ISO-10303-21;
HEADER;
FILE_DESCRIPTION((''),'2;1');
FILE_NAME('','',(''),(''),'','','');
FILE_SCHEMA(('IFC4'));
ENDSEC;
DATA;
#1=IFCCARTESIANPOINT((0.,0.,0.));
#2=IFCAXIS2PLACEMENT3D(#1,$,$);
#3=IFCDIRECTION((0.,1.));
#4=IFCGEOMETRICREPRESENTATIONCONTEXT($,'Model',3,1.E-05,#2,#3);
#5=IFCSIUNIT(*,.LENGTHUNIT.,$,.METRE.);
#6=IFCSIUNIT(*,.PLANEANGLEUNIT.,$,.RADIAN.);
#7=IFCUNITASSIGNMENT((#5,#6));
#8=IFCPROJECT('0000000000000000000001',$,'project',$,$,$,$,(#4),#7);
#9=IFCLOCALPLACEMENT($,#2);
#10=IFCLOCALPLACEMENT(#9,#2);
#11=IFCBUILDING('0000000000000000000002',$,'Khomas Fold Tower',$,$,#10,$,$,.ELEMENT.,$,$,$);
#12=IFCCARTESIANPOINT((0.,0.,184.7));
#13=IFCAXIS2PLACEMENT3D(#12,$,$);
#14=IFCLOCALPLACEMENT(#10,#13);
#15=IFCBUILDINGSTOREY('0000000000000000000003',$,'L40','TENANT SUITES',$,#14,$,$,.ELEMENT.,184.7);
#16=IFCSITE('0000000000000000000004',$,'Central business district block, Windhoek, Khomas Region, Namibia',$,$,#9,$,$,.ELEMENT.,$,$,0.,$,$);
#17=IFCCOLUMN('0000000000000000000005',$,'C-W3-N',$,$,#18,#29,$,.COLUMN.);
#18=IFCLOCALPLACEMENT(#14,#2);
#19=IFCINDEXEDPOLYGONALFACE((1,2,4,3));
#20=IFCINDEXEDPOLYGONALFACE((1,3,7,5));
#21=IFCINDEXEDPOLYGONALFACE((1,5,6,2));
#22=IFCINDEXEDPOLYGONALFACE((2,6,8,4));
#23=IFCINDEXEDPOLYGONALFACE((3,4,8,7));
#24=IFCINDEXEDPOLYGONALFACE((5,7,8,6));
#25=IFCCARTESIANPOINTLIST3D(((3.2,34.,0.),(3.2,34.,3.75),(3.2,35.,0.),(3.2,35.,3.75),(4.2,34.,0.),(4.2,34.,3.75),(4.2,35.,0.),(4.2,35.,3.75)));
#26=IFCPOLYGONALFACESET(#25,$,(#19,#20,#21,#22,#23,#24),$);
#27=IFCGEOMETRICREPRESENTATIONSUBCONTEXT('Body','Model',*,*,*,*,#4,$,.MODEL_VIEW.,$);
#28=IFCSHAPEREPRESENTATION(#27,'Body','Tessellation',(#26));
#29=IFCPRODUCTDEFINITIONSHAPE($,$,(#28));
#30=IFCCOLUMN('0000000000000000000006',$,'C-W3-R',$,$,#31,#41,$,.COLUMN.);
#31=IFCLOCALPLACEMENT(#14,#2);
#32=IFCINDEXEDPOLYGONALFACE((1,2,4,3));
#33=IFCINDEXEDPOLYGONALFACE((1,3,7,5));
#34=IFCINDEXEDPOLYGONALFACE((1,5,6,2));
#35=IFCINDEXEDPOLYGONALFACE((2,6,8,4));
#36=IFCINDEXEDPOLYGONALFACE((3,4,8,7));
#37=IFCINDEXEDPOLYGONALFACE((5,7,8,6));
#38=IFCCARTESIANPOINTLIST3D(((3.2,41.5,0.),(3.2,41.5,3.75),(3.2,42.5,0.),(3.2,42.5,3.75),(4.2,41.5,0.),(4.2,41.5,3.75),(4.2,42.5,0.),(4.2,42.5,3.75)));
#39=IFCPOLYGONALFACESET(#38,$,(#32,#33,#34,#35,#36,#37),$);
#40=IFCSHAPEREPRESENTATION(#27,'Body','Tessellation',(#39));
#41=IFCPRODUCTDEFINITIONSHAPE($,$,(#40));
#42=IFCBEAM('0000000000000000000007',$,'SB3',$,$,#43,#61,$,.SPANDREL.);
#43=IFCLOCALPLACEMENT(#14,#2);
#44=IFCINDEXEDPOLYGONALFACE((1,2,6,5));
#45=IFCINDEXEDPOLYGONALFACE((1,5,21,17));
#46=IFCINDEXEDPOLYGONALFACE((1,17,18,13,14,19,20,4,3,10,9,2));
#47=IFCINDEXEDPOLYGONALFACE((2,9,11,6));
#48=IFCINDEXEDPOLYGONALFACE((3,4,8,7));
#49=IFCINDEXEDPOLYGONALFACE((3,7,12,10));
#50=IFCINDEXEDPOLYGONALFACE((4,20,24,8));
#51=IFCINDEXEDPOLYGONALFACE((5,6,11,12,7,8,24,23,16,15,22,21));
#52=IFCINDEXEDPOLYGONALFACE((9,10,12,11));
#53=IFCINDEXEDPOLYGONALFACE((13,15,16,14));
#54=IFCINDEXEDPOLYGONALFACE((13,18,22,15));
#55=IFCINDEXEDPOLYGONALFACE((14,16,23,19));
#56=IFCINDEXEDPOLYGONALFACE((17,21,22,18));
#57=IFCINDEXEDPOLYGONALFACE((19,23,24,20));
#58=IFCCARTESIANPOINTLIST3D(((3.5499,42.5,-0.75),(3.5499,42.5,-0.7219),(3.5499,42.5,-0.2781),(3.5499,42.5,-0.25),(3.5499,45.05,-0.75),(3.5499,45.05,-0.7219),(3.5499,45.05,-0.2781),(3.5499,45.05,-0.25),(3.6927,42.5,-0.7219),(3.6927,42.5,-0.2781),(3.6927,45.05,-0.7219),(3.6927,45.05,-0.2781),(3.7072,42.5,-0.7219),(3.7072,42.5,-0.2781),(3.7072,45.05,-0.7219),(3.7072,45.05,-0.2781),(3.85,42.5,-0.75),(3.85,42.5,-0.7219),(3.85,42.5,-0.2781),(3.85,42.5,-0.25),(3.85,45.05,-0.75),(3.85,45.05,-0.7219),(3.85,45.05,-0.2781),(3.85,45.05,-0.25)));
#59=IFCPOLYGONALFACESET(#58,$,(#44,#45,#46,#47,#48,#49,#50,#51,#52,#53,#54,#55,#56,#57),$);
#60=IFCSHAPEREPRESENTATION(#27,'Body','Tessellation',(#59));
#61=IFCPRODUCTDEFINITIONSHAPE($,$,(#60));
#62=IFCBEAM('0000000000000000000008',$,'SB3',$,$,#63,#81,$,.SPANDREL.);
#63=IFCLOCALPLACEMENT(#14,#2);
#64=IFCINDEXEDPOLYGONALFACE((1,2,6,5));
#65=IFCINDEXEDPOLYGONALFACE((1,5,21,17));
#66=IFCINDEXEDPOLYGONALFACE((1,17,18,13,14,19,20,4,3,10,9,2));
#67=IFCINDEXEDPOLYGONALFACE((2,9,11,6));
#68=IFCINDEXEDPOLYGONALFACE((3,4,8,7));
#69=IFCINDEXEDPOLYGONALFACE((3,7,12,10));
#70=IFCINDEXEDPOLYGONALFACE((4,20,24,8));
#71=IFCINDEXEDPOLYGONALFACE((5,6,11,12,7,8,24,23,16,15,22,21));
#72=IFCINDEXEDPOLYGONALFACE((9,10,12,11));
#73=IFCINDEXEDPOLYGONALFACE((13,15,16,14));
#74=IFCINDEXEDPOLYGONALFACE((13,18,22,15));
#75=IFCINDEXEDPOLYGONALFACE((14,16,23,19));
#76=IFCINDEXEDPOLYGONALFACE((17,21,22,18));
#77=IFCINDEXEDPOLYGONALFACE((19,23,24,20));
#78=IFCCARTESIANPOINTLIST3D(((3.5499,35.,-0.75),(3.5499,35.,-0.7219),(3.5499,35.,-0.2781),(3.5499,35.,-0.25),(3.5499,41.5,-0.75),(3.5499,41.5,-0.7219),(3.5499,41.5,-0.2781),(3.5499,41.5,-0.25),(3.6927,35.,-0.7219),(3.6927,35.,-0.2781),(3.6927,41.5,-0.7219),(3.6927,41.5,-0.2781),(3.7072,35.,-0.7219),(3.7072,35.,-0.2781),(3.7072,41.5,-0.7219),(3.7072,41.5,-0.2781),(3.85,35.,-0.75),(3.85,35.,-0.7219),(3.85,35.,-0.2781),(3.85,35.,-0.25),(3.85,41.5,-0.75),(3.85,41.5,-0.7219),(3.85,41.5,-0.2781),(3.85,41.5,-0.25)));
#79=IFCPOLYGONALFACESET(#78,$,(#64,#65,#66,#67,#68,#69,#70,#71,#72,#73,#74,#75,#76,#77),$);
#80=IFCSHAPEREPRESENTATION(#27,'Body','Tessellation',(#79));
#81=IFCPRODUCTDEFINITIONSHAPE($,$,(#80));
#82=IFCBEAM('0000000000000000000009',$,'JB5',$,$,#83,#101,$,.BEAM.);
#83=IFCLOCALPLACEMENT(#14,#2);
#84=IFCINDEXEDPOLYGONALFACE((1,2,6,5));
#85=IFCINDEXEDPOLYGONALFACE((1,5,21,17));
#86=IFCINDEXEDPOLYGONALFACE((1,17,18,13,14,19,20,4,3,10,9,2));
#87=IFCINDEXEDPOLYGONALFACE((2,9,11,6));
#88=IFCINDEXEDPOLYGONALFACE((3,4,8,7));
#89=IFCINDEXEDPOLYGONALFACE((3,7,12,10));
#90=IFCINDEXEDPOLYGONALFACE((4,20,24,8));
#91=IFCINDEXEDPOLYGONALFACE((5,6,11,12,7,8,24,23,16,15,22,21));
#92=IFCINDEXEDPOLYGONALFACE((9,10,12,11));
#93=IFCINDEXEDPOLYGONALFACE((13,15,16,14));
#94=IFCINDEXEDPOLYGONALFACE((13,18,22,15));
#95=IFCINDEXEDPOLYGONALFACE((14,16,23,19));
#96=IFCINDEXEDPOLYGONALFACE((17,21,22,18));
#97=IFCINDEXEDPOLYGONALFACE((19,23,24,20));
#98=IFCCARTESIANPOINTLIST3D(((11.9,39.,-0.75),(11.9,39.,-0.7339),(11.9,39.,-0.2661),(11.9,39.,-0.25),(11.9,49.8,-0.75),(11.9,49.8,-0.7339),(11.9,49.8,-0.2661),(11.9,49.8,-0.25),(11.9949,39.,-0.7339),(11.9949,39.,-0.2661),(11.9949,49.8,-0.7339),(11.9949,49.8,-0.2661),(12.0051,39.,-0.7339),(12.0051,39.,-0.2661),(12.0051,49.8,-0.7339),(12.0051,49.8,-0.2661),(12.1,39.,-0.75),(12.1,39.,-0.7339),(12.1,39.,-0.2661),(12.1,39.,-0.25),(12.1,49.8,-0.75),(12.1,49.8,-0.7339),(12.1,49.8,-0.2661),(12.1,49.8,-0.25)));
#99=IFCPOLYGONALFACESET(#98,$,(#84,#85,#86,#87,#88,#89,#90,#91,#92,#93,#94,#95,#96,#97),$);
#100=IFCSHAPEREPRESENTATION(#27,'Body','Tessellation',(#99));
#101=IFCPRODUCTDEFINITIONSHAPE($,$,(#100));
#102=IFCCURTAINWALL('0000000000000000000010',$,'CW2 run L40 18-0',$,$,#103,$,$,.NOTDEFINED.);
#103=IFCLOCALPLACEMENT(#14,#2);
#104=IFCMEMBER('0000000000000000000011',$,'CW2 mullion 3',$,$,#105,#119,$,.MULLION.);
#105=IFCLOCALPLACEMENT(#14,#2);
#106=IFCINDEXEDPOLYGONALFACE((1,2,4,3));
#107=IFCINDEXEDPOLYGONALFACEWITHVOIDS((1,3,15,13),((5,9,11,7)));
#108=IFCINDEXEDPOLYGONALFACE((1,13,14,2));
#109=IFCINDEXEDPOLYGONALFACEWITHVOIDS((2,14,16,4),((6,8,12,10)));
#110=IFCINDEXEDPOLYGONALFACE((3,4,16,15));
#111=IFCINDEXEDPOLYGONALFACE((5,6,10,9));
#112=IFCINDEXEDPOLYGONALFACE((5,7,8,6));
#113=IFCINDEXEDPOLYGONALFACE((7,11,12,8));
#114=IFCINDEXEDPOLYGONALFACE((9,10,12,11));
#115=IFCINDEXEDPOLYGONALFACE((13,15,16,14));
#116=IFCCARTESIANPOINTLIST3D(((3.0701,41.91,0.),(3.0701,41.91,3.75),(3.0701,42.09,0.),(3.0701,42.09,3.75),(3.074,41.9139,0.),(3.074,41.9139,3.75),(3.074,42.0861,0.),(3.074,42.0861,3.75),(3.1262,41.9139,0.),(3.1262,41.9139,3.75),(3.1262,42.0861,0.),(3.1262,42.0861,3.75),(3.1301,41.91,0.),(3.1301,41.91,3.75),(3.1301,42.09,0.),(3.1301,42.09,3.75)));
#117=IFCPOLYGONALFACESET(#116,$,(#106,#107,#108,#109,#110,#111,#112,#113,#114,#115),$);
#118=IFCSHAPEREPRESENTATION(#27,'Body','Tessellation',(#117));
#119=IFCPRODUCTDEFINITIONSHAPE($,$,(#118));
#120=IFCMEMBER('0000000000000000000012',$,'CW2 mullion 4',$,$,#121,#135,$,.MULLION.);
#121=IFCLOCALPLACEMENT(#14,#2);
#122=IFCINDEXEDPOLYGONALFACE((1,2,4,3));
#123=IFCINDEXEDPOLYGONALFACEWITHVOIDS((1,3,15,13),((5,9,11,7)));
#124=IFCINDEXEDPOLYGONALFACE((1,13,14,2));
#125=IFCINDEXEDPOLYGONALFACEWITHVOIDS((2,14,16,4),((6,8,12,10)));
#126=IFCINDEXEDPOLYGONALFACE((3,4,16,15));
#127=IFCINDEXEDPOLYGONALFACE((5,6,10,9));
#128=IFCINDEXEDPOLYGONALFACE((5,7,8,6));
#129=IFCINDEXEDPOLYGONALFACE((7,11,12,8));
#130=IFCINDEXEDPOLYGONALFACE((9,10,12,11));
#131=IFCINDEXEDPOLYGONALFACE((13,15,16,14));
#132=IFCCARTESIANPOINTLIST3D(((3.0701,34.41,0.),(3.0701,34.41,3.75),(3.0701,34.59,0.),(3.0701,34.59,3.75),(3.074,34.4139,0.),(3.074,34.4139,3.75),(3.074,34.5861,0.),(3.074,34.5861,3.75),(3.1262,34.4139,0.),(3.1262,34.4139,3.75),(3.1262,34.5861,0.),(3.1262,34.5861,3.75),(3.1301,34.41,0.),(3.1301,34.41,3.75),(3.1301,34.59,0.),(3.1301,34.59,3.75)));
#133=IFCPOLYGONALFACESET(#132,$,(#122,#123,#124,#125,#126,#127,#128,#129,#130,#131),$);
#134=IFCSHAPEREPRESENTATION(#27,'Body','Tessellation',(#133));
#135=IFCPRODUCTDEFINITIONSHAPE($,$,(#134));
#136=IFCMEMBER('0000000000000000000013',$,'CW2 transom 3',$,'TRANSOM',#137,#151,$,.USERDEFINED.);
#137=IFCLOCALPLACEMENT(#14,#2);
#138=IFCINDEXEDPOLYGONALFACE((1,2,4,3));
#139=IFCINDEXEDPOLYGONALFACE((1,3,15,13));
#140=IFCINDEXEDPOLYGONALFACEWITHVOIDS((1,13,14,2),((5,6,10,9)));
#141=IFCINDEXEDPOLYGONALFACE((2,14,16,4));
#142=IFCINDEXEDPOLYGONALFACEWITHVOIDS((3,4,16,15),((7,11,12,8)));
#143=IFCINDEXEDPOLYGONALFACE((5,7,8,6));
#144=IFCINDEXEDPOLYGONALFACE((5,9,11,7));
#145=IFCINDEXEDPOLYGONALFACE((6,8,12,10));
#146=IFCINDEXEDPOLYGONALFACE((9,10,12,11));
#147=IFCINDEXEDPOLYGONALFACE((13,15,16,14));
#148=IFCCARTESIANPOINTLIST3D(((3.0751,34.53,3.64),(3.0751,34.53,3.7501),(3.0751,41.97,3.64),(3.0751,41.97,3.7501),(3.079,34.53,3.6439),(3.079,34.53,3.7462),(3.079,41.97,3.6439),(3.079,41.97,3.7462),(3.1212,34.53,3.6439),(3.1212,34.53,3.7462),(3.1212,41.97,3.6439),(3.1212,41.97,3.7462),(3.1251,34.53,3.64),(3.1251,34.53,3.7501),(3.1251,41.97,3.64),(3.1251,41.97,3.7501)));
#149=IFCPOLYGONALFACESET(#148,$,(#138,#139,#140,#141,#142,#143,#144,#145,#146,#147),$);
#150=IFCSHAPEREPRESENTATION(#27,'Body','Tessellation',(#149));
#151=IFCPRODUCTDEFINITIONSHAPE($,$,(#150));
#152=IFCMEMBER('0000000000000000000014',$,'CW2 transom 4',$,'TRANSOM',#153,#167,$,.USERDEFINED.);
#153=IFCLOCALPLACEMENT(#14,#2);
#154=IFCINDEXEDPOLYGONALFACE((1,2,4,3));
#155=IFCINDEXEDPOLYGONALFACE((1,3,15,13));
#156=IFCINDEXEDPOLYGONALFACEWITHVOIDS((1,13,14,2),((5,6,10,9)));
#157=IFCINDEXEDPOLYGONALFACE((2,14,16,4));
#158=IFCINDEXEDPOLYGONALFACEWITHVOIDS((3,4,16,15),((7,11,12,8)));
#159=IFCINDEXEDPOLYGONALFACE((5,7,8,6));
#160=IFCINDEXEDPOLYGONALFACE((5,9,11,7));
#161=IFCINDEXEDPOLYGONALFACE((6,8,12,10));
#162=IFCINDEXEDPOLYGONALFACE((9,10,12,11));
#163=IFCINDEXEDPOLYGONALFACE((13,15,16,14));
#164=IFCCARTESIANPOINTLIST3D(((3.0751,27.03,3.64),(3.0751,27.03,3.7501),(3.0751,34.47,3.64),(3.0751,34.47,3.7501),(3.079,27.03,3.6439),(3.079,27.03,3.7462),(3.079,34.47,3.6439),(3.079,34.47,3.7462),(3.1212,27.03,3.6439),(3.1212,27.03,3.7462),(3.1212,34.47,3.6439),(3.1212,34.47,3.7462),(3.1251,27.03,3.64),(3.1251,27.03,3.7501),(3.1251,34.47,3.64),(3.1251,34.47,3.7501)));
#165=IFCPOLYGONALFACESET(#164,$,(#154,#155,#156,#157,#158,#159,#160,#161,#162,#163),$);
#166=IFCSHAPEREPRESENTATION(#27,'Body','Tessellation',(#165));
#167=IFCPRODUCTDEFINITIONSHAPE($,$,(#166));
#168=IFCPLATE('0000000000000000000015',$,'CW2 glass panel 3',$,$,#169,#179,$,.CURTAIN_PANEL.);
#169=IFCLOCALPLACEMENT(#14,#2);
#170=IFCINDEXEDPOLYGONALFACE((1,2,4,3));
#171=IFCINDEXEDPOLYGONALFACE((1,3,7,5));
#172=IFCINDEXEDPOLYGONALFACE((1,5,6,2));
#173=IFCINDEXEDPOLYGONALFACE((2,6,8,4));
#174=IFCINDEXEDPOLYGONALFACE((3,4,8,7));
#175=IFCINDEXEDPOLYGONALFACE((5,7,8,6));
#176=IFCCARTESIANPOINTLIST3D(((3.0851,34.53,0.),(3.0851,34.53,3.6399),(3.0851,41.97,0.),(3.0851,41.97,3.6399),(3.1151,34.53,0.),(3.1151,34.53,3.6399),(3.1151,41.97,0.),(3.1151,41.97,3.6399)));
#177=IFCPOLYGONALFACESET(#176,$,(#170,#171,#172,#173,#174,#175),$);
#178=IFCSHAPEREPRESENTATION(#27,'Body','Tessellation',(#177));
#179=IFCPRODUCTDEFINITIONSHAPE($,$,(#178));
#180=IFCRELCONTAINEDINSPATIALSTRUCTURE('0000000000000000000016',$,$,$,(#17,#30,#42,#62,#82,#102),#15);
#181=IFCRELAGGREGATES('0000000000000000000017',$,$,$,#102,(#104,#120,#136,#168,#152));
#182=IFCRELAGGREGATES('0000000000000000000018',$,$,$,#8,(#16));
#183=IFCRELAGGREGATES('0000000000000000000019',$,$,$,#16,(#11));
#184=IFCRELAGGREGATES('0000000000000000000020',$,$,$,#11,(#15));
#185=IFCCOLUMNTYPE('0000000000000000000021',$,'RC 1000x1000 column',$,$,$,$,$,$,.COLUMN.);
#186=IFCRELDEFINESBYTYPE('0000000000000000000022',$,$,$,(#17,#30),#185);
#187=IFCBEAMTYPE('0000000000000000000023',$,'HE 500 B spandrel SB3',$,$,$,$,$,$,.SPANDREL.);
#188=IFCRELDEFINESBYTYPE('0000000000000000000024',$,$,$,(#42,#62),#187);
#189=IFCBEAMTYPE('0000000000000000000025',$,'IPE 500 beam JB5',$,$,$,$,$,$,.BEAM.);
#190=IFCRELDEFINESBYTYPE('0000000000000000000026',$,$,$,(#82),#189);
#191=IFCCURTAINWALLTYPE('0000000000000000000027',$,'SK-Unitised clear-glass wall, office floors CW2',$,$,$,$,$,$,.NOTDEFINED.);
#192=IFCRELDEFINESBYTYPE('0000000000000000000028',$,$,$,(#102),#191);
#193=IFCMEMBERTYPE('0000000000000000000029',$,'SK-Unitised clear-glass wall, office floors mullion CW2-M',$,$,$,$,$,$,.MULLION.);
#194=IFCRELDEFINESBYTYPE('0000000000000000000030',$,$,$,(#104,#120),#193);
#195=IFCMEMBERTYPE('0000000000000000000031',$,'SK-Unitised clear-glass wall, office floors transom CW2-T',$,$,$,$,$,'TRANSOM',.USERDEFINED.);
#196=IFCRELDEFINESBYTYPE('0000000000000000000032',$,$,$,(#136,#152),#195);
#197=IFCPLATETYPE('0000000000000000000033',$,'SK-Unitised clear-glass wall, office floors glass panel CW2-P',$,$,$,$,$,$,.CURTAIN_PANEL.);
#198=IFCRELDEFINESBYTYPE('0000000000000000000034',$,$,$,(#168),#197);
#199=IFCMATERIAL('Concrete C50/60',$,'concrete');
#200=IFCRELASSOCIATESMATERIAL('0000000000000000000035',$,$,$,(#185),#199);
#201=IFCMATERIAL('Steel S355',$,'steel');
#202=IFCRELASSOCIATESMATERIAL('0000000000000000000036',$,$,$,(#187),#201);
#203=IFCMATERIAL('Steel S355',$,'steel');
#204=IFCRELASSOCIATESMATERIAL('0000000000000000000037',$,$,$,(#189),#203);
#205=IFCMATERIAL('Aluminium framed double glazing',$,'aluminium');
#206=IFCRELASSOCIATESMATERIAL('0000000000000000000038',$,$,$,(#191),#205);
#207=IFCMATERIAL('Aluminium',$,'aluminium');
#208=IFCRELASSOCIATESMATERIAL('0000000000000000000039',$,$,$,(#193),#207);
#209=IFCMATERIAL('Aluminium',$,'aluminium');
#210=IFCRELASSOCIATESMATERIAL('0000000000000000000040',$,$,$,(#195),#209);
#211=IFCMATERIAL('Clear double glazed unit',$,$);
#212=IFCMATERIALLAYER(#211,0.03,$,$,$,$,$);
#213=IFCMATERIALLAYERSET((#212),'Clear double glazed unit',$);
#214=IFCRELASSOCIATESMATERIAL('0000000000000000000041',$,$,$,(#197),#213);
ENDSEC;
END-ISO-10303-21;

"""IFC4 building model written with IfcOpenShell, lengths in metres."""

from ifc_helpers import new_model, si_unit, direction, frame, origin, origin_2d, place, context, subcontext, project, spatial, rectangle, hollow_rectangle, i_section, extrude, source, transform, mapped, material, layer, layer_set, material_profile, profile_set, type_object, element, aggregate, save


model = new_model("IFC4")

# Units and contexts
model_context = context("Model", 3, precision=1e-05, world=origin(), true_north=direction((0.0, 1.0)))
body_context = subcontext(model_context, "Body", "Model", "MODEL_VIEW")
ifc_project = project(units=[si_unit("LENGTHUNIT", "METRE"), si_unit("PLANEANGLEUNIT", "RADIAN")], contexts=[model_context])

# Site, building, storey
site_placement = place(None, origin())
site = spatial("IfcSite", under=ifc_project, at=site_placement, Name="Central business district block, Windhoek, Khomas Region, Namibia", CompositionType="ELEMENT", RefElevation=0.0)
building_placement = place(site_placement, origin())
building = spatial("IfcBuilding", under=site, at=building_placement, Name="Khomas Fold Tower", CompositionType="ELEMENT")
storey_placement = place(building_placement, frame((0.0, 0.0, 184.7)))
storey = spatial("IfcBuildingStorey", under=building, at=storey_placement, Name="L40", Description="TENANT SUITES", CompositionType="ELEMENT", Elevation=184.7)

# Columns
ifc_material_1 = material(Name="Concrete C50/60", Category="concrete")
ifc_material_profile_1 = material_profile(ifc_material_1, rectangle(XDim=1.0, YDim=1.0, at=origin_2d()), Name="RC 1000x1000")
ifc_profile_set_1 = profile_set([ifc_material_profile_1], Name="Concrete C50/60")
column_type = type_object("IfcColumnType", Name="RC 1000x1000 column", PredefinedType="COLUMN", material=ifc_profile_set_1)
shared_shape_1 = source(origin(), body_context, "Body", "SweptSolid", [
    extrude(rectangle(XDim=1.0, YDim=1.0, at=origin_2d()), origin(), (0.0, 0.0, 1.0), 3.75),
])
for number, where, z_axis, x_axis, name in (
    (1, (3.7, 34.5, 0.0), (0.0, 0.0, 1.0), (1.0, 0.0, 0.0), "C-W3-N"),
    (2, (3.7, 42.0, 0.0), (0.0, 0.0, 1.0), (1.0, 0.0, 0.0), "C-W3-R"),
):
    element("IfcColumn", number, at=place(storey_placement, frame(where, z_axis=z_axis, x_axis=x_axis)), inside=storey, type_object=column_type, Name=name, PredefinedType="COLUMN", context=body_context, shape_type="MappedRepresentation", body=[
        mapped(shared_shape_1, transform((0.0, 0.0, 0.0))),
    ])

# Beams
ifc_material_2 = material(Name="Steel S355", Category="steel")
ifc_material_profile_2 = material_profile(ifc_material_2, i_section(OverallWidth=0.3, OverallDepth=0.5, WebThickness=0.0144, FlangeThickness=0.0281, at=origin_2d()), Name="HE 500 B")
ifc_profile_set_2 = profile_set([ifc_material_profile_2], Name="Steel S355")
beam_type_1 = type_object("IfcBeamType", Name="HE 500 B spandrel SB3", PredefinedType="SPANDREL", material=ifc_profile_set_2)
shared_shape_2 = source(origin(), body_context, "Body", "SweptSolid", [
    extrude(i_section(OverallWidth=0.3, OverallDepth=0.5, WebThickness=0.0144, FlangeThickness=0.0281, at=origin_2d()), origin(), (0.0, 0.0, 1.0), 2.55),
])
beam_1_placement = place(storey_placement, frame((3.7, 42.5, -0.5), z_axis=(0.0, 1.0, 0.0), x_axis=(-1.0, 0.0, 0.0)))
element("IfcBeam", 3, at=beam_1_placement, inside=storey, type_object=beam_type_1, Name="SB3", PredefinedType="SPANDREL", context=body_context, shape_type="MappedRepresentation", body=[
    mapped(shared_shape_2, transform((0.0, 0.0, 0.0))),
])
shared_shape_3 = source(origin(), body_context, "Body", "SweptSolid", [
    extrude(i_section(OverallWidth=0.3, OverallDepth=0.5, WebThickness=0.0144, FlangeThickness=0.0281, at=origin_2d()), origin(), (0.0, 0.0, 1.0), 6.5),
])
beam_2_placement = place(storey_placement, frame((3.7, 35.0, -0.5), z_axis=(0.0, 1.0, 0.0), x_axis=(-1.0, 0.0, 0.0)))
element("IfcBeam", 4, at=beam_2_placement, inside=storey, type_object=beam_type_1, Name="SB3", PredefinedType="SPANDREL", context=body_context, shape_type="MappedRepresentation", body=[
    mapped(shared_shape_3, transform((0.0, 0.0, 0.0))),
])
ifc_material_3 = material(Name="Steel S355", Category="steel")
ifc_material_profile_3 = material_profile(ifc_material_3, i_section(OverallWidth=0.2, OverallDepth=0.5, WebThickness=0.0103, FlangeThickness=0.0161, at=origin_2d()), Name="IPE 500")
ifc_profile_set_3 = profile_set([ifc_material_profile_3], Name="Steel S355")
beam_type_2 = type_object("IfcBeamType", Name="IPE 500 beam JB5", PredefinedType="BEAM", material=ifc_profile_set_3)
shared_shape_4 = source(origin(), body_context, "Body", "SweptSolid", [
    extrude(i_section(OverallWidth=0.2, OverallDepth=0.5, WebThickness=0.0103, FlangeThickness=0.0161, at=origin_2d()), origin(), (0.0, 0.0, 1.0), 10.8),
])
beam_3_placement = place(storey_placement, frame((12.0, 39.0, -0.5), z_axis=(0.0, 1.0, 0.0), x_axis=(-1.0, 0.0, 0.0)))
element("IfcBeam", 5, at=beam_3_placement, inside=storey, type_object=beam_type_2, Name="JB5", PredefinedType="BEAM", context=body_context, shape_type="MappedRepresentation", body=[
    mapped(shared_shape_4, transform((0.0, 0.0, 0.0))),
])

# Curtain wall, members, plate
ifc_material_4 = material(Name="Aluminium framed double glazing", Category="aluminium")
curtain_wall_type = type_object("IfcCurtainWallType", Name="SK-Unitised clear-glass wall, office floors CW2", PredefinedType="NOTDEFINED", material=ifc_material_4)
curtain_wall_placement = place(storey_placement, origin())
curtain_wall = element("IfcCurtainWall", 6, at=curtain_wall_placement, inside=storey, type_object=curtain_wall_type, Name="CW2 run L40 18-0", PredefinedType="NOTDEFINED")
ifc_material_5 = material(Name="Aluminium", Category="aluminium")
ifc_material_profile_4 = material_profile(ifc_material_5, hollow_rectangle(XDim=0.0601, YDim=0.1799, WallThickness=0.0039, at=origin_2d()), Name="SK-Unitised clear-glass wall, office floors mullion CW2-M")
ifc_profile_set_4 = profile_set([ifc_material_profile_4], Name="Aluminium")
member_type_1 = type_object("IfcMemberType", Name="SK-Unitised clear-glass wall, office floors mullion CW2-M", PredefinedType="MULLION", material=ifc_profile_set_4)
shared_shape_5 = source(origin(), body_context, "Body", "SweptSolid", [
    extrude(hollow_rectangle(XDim=0.0601, YDim=0.1799, WallThickness=0.0039, at=origin_2d()), origin(), (0.0, 0.0, 1.0), 3.75),
])
member_1_placement = place(storey_placement, frame((3.1001, 42.0, 0.0), z_axis=(0.0, 0.0, 1.0), x_axis=(1.0, 0.0, 0.0)))
member_1 = element("IfcMember", 7, at=member_1_placement, type_object=member_type_1, Name="CW2 mullion 3", PredefinedType="MULLION", context=body_context, shape_type="MappedRepresentation", body=[
    mapped(shared_shape_5, transform((0.0, 0.0, 0.0))),
])
member_2_placement = place(storey_placement, frame((3.1001, 34.5, 0.0), z_axis=(0.0, 0.0, 1.0), x_axis=(1.0, 0.0, 0.0)))
member_2 = element("IfcMember", 8, at=member_2_placement, type_object=member_type_1, Name="CW2 mullion 4", PredefinedType="MULLION", context=body_context, shape_type="MappedRepresentation", body=[
    mapped(shared_shape_5, transform((0.0, 0.0, 0.0))),
])
ifc_material_6 = material(Name="Aluminium", Category="aluminium")
ifc_material_profile_5 = material_profile(ifc_material_6, hollow_rectangle(XDim=0.05, YDim=0.1101, WallThickness=0.0039, at=origin_2d()), Name="SK-Unitised clear-glass wall, office floors transom CW2-T")
ifc_profile_set_5 = profile_set([ifc_material_profile_5], Name="Aluminium")
member_type_2 = type_object("IfcMemberType", Name="SK-Unitised clear-glass wall, office floors transom CW2-T", ElementType="TRANSOM", PredefinedType="USERDEFINED", material=ifc_profile_set_5)
shared_shape_6 = source(origin(), body_context, "Body", "SweptSolid", [
    extrude(hollow_rectangle(XDim=0.05, YDim=0.1101, WallThickness=0.0039, at=origin_2d()), origin(), (0.0, 0.0, 1.0), 7.4399),
])
member_3_placement = place(storey_placement, frame((3.1001, 41.97, 3.6951), z_axis=(0.0, -1.0, 0.0), x_axis=(1.0, 0.0, 0.0)))
member_3 = element("IfcMember", 9, at=member_3_placement, type_object=member_type_2, Name="CW2 transom 3", ObjectType="TRANSOM", PredefinedType="USERDEFINED", context=body_context, shape_type="MappedRepresentation", body=[
    mapped(shared_shape_6, transform((0.0, 0.0, 0.0))),
])
member_4_placement = place(storey_placement, frame((3.1001, 34.47, 3.6951), z_axis=(0.0, -1.0, 0.0), x_axis=(1.0, 0.0, 0.0)))
member_4 = element("IfcMember", 10, at=member_4_placement, type_object=member_type_2, Name="CW2 transom 4", ObjectType="TRANSOM", PredefinedType="USERDEFINED", context=body_context, shape_type="MappedRepresentation", body=[
    mapped(shared_shape_6, transform((0.0, 0.0, 0.0))),
])
ifc_material_7 = material(Name="Clear double glazed unit")
ifc_layer_1 = layer(ifc_material_7, 0.03)
ifc_layer_set_1 = layer_set([ifc_layer_1], Name="Clear double glazed unit")
plate_type = type_object("IfcPlateType", Name="SK-Unitised clear-glass wall, office floors glass panel CW2-P", PredefinedType="CURTAIN_PANEL", material=ifc_layer_set_1)
shared_shape_7 = source(origin(), body_context, "Body", "SweptSolid", [
    extrude(rectangle(XDim=7.4399, YDim=0.03, at=origin_2d()), origin(), (0.0, 0.0, 1.0), 3.6399),
])
plate_placement = place(storey_placement, frame((3.1001, 38.25, 0.0), z_axis=(0.0, 0.0, 1.0), x_axis=(0.0, -1.0, 0.0)))
plate = element("IfcPlate", 11, at=plate_placement, type_object=plate_type, Name="CW2 glass panel 3", PredefinedType="CURTAIN_PANEL", context=body_context, shape_type="MappedRepresentation", body=[
    mapped(shared_shape_7, transform((0.0, 0.0, 0.0))),
])
aggregate(curtain_wall, [member_1, member_2, member_3, plate, member_4])

save(model, "model.ifc")
